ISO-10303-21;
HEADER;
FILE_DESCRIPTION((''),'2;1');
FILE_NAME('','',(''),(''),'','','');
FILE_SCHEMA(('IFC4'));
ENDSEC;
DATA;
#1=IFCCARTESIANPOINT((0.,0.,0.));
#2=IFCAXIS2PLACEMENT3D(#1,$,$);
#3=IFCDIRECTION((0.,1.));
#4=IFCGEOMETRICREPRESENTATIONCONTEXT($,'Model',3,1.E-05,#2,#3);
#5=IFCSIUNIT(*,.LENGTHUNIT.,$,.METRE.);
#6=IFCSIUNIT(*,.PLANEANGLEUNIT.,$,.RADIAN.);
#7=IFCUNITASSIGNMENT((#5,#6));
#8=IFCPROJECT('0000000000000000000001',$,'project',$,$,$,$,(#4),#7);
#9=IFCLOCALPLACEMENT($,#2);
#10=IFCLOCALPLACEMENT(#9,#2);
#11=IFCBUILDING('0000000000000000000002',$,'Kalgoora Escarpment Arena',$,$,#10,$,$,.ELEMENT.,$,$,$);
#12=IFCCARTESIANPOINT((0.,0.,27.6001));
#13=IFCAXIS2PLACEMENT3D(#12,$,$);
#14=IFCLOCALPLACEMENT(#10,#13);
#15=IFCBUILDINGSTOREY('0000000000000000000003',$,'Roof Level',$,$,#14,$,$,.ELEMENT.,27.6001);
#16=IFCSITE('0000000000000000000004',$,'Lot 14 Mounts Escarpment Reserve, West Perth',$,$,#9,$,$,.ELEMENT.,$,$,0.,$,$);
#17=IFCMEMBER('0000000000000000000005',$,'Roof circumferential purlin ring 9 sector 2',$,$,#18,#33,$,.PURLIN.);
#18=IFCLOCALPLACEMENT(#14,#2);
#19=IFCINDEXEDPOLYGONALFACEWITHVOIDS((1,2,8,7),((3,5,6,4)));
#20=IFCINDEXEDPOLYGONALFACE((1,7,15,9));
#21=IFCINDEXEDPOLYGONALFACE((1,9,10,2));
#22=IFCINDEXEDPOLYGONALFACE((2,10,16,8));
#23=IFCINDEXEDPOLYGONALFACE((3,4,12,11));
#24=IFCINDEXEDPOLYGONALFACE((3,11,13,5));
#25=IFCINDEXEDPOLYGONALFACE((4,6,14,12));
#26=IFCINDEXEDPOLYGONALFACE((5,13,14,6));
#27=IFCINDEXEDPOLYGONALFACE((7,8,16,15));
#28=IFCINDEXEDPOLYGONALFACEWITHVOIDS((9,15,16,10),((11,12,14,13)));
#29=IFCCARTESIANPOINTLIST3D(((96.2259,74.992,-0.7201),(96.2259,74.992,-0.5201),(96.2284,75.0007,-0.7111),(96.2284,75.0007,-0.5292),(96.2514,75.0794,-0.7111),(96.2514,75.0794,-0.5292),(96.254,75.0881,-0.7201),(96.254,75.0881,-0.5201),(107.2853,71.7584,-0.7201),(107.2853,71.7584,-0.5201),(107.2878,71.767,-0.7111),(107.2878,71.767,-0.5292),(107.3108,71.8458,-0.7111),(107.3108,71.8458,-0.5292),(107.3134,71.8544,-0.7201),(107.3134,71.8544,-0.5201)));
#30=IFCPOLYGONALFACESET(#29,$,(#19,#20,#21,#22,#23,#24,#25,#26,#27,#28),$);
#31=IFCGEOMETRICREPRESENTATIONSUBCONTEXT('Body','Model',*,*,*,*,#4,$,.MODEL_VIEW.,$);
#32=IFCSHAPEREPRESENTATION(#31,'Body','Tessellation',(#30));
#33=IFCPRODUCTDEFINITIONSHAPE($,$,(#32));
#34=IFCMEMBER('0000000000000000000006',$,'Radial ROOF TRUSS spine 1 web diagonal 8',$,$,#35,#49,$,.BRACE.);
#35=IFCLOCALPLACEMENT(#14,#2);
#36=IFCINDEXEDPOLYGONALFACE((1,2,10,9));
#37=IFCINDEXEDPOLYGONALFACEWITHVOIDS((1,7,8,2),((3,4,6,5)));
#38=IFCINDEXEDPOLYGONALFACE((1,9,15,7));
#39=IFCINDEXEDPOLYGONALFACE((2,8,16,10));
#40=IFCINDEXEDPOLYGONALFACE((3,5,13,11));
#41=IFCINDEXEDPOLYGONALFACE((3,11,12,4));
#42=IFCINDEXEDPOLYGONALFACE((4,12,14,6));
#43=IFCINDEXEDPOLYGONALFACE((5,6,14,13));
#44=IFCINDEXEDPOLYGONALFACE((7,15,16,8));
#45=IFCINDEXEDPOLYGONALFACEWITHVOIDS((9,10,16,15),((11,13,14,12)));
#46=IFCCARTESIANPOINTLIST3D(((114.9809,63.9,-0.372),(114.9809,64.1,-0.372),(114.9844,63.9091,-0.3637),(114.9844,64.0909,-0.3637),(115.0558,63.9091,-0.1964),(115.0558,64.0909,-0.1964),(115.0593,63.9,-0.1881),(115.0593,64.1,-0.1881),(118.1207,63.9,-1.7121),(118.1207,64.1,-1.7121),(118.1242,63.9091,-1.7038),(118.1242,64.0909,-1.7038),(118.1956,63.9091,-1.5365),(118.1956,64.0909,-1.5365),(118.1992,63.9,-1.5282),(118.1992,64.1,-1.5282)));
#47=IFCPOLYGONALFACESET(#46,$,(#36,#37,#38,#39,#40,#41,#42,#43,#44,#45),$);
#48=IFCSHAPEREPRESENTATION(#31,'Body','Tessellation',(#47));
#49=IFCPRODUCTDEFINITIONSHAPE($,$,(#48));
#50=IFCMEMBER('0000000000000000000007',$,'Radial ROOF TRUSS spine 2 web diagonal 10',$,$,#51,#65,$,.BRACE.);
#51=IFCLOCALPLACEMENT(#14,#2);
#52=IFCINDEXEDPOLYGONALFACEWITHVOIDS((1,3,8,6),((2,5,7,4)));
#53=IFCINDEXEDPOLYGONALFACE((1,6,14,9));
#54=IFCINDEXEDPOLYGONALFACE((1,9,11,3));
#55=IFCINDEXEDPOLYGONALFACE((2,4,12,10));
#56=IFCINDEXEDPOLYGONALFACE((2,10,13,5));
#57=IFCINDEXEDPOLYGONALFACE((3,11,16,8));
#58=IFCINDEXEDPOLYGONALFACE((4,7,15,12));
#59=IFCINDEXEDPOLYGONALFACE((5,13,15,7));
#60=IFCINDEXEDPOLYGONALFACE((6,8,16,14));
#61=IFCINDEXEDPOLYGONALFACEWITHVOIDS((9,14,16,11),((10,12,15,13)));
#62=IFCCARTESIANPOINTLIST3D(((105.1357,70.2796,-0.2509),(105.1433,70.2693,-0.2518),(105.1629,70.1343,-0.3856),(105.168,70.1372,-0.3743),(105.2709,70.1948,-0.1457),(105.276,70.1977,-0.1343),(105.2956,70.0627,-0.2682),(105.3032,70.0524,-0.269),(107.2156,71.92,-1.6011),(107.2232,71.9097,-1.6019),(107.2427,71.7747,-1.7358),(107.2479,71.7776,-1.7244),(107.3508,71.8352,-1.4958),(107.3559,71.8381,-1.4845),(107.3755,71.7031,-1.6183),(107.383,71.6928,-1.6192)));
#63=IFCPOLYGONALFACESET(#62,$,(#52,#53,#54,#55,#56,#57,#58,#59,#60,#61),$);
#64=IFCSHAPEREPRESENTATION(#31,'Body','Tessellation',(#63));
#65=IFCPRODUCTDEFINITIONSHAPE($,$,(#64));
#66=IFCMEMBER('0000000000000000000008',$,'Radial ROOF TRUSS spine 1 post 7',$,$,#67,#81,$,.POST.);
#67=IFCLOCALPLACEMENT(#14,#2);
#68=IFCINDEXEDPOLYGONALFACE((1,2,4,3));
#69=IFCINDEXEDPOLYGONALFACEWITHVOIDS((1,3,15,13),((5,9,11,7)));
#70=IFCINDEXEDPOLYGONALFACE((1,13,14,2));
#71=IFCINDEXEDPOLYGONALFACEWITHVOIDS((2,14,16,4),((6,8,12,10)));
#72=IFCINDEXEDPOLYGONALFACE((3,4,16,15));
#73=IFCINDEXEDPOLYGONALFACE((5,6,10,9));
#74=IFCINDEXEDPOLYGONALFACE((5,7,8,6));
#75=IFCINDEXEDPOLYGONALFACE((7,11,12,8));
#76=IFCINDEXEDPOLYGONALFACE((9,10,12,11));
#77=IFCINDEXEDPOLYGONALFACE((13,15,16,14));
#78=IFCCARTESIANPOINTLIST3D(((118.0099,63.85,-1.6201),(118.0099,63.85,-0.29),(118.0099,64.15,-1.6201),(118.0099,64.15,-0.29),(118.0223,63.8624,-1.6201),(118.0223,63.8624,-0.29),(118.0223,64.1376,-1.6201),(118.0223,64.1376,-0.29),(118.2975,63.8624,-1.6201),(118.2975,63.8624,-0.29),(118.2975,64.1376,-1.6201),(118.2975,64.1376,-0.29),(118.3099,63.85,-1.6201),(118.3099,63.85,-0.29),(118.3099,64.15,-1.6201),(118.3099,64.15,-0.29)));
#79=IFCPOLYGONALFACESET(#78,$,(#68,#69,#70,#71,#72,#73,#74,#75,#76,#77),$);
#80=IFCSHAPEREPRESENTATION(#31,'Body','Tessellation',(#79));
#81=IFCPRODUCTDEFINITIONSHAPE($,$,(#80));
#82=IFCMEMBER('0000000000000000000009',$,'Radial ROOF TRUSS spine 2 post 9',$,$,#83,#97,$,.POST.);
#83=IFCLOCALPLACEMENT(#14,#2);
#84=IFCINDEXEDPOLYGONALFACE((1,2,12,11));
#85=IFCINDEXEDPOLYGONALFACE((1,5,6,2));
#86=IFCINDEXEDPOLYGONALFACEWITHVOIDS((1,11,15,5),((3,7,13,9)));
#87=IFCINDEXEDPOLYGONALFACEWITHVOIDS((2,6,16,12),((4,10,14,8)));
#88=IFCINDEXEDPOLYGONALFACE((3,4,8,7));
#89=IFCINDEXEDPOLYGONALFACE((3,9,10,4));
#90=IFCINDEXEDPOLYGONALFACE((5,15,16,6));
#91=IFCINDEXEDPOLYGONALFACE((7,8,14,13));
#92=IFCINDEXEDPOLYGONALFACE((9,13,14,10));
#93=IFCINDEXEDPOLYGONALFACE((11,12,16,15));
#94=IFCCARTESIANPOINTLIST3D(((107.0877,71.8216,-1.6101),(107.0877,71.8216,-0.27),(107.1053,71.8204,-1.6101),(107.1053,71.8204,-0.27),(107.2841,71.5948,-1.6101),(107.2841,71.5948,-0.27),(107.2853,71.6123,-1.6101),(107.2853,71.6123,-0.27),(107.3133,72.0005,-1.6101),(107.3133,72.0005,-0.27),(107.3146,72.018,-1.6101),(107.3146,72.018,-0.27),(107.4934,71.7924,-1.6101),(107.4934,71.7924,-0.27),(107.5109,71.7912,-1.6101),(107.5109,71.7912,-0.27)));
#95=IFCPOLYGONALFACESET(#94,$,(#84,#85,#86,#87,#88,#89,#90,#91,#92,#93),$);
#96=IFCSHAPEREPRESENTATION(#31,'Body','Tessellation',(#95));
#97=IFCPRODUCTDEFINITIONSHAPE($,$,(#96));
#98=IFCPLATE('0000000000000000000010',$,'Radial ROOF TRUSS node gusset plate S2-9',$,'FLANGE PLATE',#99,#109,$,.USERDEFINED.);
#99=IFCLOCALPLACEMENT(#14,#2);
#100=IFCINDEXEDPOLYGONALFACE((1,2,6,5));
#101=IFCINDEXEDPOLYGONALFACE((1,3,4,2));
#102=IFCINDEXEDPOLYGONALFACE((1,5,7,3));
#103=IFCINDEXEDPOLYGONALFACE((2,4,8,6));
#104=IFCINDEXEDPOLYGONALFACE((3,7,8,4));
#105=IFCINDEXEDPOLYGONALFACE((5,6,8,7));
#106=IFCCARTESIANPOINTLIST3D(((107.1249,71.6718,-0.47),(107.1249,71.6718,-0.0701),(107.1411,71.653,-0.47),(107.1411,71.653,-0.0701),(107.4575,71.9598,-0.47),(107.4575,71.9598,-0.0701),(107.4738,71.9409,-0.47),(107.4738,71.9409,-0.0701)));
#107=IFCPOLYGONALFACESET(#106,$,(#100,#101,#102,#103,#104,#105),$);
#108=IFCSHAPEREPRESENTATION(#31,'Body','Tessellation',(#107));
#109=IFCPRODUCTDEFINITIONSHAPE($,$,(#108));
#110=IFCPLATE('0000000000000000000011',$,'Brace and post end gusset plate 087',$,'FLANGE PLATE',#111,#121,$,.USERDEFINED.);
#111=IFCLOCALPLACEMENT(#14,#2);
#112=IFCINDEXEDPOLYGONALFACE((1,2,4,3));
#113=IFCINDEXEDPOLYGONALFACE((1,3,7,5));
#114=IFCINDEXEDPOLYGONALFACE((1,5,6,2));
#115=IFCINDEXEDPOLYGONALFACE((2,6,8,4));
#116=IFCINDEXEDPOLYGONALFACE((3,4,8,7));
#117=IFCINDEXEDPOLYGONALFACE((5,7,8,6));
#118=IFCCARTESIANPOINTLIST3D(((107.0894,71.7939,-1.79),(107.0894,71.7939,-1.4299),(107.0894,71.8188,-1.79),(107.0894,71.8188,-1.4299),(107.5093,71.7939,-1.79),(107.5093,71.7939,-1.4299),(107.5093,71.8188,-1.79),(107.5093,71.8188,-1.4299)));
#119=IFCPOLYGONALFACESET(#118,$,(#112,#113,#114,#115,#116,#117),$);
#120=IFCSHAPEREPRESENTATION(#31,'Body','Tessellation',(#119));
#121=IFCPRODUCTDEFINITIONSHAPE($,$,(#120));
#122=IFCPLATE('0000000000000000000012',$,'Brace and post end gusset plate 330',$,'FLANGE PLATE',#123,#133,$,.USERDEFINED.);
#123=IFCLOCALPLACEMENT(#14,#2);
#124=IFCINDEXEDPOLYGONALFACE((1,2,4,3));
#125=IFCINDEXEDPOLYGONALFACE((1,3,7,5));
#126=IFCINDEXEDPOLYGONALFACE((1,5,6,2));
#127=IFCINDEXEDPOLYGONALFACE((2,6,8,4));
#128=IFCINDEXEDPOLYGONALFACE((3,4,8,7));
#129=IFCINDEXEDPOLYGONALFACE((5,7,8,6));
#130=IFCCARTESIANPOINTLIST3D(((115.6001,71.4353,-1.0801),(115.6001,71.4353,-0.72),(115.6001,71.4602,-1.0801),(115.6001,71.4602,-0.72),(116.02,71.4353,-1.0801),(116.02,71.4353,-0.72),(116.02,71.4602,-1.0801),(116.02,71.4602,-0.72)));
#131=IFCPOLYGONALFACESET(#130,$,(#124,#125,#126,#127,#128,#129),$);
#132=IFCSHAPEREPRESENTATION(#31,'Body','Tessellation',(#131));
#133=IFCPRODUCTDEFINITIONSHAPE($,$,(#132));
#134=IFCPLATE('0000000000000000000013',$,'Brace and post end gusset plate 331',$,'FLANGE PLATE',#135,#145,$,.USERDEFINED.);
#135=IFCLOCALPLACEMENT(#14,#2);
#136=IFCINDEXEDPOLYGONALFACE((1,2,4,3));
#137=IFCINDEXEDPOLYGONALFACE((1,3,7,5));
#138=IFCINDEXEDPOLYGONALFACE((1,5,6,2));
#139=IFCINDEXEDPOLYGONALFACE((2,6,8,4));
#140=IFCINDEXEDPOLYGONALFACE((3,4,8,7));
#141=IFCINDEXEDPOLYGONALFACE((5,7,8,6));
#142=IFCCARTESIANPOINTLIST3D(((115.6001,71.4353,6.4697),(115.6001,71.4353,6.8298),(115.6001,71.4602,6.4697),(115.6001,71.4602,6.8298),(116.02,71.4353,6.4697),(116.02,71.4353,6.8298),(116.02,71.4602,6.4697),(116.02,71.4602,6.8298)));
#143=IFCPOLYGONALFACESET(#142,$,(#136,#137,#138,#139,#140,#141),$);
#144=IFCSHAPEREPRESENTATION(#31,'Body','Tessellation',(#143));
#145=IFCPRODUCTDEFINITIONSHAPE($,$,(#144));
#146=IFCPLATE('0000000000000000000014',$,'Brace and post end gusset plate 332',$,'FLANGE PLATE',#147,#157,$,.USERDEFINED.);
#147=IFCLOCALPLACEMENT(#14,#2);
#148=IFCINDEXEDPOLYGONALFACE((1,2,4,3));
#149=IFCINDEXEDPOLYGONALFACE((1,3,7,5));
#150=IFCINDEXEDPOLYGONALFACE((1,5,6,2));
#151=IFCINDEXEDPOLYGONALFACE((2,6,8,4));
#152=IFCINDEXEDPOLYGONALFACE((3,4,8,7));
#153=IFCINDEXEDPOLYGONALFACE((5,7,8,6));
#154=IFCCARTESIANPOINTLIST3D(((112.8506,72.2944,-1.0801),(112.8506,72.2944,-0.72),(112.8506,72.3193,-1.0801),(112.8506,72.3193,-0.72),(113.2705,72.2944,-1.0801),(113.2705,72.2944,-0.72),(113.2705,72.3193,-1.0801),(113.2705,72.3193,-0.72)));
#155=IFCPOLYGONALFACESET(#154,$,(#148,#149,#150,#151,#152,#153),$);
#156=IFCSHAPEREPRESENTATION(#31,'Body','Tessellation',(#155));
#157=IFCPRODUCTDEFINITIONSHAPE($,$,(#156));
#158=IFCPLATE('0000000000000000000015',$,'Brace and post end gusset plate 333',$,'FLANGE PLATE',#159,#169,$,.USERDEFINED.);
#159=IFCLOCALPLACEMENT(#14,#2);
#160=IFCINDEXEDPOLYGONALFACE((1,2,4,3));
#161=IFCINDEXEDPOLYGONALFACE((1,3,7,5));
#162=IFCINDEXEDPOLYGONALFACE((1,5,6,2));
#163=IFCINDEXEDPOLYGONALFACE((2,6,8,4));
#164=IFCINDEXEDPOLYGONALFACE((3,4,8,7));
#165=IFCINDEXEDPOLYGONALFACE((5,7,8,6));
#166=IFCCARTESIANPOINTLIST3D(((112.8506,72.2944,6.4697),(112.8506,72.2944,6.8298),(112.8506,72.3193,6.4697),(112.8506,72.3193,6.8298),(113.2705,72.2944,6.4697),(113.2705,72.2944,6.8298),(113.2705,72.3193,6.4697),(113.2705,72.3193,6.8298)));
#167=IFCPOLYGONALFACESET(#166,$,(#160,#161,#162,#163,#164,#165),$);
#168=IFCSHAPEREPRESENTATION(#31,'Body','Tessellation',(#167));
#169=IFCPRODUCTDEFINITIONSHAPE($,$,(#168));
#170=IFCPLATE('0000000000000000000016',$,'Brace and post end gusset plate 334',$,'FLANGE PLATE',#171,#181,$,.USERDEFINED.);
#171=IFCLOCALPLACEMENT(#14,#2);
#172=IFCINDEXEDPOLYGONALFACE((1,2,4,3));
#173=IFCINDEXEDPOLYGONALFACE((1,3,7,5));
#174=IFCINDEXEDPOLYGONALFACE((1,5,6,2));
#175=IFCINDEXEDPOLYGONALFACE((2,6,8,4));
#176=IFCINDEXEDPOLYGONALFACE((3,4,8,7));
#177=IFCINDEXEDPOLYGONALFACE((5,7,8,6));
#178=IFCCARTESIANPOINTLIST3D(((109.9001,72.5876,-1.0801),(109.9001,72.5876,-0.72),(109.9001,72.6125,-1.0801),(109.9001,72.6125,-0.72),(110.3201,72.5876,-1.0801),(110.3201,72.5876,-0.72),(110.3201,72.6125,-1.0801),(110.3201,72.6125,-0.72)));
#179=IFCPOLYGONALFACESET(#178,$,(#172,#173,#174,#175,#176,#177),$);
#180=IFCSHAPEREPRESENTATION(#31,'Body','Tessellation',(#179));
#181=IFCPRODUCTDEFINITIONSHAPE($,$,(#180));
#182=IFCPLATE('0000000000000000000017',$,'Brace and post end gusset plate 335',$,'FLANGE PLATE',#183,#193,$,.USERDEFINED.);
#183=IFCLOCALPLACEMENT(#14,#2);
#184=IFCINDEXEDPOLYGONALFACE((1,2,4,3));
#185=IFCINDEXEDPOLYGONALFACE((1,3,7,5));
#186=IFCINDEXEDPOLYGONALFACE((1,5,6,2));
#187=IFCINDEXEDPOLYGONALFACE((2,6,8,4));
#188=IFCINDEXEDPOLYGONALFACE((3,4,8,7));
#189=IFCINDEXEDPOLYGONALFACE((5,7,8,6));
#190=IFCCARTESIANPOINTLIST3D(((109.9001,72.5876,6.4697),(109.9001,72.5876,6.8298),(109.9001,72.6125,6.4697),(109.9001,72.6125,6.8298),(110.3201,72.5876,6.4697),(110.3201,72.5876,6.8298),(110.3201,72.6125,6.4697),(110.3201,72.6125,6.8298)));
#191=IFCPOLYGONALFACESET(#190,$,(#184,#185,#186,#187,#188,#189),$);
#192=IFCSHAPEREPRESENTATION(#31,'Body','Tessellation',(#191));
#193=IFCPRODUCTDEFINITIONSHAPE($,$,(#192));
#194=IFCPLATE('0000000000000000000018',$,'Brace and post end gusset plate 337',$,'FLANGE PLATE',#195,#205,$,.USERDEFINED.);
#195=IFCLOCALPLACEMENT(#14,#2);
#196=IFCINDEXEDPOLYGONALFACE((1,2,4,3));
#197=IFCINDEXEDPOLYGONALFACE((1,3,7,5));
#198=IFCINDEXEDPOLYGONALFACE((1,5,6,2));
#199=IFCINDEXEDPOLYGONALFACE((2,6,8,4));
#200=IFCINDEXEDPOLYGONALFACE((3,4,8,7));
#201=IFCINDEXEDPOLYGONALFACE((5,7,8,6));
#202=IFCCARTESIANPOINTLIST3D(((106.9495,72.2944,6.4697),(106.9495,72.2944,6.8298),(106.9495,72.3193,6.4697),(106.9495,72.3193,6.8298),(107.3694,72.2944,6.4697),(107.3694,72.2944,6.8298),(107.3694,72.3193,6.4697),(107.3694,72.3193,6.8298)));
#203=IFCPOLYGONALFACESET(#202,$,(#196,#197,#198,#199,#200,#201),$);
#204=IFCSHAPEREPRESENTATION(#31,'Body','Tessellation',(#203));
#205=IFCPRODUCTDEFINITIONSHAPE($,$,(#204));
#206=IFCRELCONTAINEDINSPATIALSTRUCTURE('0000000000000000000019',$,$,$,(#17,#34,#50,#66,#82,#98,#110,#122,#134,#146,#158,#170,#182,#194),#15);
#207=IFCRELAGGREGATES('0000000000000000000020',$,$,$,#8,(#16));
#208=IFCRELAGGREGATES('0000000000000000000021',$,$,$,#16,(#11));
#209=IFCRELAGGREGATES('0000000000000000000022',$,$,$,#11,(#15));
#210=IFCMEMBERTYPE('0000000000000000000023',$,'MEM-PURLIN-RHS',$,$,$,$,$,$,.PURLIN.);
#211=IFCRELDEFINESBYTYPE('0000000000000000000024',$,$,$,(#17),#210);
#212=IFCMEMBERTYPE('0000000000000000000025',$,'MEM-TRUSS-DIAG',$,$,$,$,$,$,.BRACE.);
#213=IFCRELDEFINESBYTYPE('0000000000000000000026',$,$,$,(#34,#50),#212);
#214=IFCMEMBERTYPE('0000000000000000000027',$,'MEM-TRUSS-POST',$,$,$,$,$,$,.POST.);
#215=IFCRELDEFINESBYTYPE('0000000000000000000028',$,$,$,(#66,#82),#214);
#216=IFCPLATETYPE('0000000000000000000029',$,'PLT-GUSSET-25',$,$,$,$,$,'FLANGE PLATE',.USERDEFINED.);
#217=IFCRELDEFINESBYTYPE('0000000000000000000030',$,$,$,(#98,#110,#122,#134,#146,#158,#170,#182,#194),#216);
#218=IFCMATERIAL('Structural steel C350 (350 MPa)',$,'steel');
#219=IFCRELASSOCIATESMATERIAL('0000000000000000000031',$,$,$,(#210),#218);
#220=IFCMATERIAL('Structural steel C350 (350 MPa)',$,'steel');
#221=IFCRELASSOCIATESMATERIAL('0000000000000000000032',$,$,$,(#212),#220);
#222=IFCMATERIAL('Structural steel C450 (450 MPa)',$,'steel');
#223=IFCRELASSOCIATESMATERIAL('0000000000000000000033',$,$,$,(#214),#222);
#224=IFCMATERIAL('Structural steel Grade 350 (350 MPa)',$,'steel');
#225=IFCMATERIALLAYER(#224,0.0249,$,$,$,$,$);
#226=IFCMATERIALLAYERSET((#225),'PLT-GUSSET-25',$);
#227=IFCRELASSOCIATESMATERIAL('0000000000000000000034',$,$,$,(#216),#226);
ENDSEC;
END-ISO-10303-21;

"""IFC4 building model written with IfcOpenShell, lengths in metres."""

from ifc_helpers import new_model, si_unit, direction, frame, origin, origin_2d, place, context, subcontext, project, spatial, rectangle, hollow_rectangle, extrude, material, layer, layer_set, material_profile, profile_set, type_object, element, save


model = new_model("IFC4")

# Units and contexts
model_context = context("Model", 3, precision=1e-05, world=origin(), true_north=direction((0.0, 1.0)))
body_context = subcontext(model_context, "Body", "Model", "MODEL_VIEW")
ifc_project = project(units=[si_unit("LENGTHUNIT", "METRE"), si_unit("PLANEANGLEUNIT", "RADIAN")], contexts=[model_context])

# Site, building, storey
site_placement = place(None, origin())
site = spatial("IfcSite", under=ifc_project, at=site_placement, Name="Lot 14 Mounts Escarpment Reserve, West Perth", CompositionType="ELEMENT", RefElevation=0.0)
building_placement = place(site_placement, origin())
building = spatial("IfcBuilding", under=site, at=building_placement, Name="Kalgoora Escarpment Arena", CompositionType="ELEMENT")
storey_placement = place(building_placement, frame((0.0, 0.0, 27.6001)))
storey = spatial("IfcBuildingStorey", under=building, at=storey_placement, Name="Roof Level", CompositionType="ELEMENT", Elevation=27.6001)

# Members
ifc_material_1 = material(Name="Structural steel C350 (350 MPa)", Category="steel")
ifc_material_profile_1 = material_profile(ifc_material_1, hollow_rectangle(XDim=0.1001, YDim=0.2, WallThickness=0.009, at=origin_2d()))
ifc_profile_set_1 = profile_set([ifc_material_profile_1], Name="Structural steel C350 (350 MPa)")
member_type_1 = type_object("IfcMemberType", Name="MEM-PURLIN-RHS", PredefinedType="PURLIN", material=ifc_profile_set_1)
member_1_placement = place(storey_placement, frame((107.2993, 71.8064, -0.6201), z_axis=(-0.959813, 0.28064, 0.0), x_axis=(-0.28064, -0.959813, 0.0)))
element("IfcMember", 1, at=member_1_placement, inside=storey, type_object=member_type_1, Name="Roof circumferential purlin ring 9 sector 2", PredefinedType="PURLIN", context=body_context, shape_type="SweptSolid", body=[
    extrude(hollow_rectangle(XDim=0.1001, YDim=0.2, WallThickness=0.009, at=origin_2d()), origin(), (0.0, 0.0, 1.0), 11.5225),
])
ifc_material_2 = material(Name="Structural steel C350 (350 MPa)", Category="steel")
ifc_material_profile_2 = material_profile(ifc_material_2, hollow_rectangle(XDim=0.2, YDim=0.2, WallThickness=0.009, at=origin_2d()))
ifc_profile_set_2 = profile_set([ifc_material_profile_2], Name="Structural steel C350 (350 MPa)")
member_type_2 = type_object("IfcMemberType", Name="MEM-TRUSS-DIAG", PredefinedType="BRACE", material=ifc_profile_set_2)
member_2_placement = place(storey_placement, frame((118.1599, 64.0, -1.6201), z_axis=(-0.919736, 0.0, 0.392538), x_axis=(0.0, 1.0, 0.0)))
element("IfcMember", 2, at=member_2_placement, inside=storey, type_object=member_type_2, Name="Radial ROOF TRUSS spine 1 web diagonal 8", PredefinedType="BRACE", context=body_context, shape_type="SweptSolid", body=[
    extrude(hollow_rectangle(XDim=0.2, YDim=0.2, WallThickness=0.009, at=origin_2d()), origin(), (0.0, 0.0, 1.0), 3.4138),
])
member_3_placement = place(storey_placement, frame((107.2993, 71.8064, -1.6101), z_axis=(-0.699551, -0.551741, 0.454104), x_axis=(-0.701576, 0.409608, -0.583105)))
element("IfcMember", 3, at=member_3_placement, inside=storey, type_object=member_type_2, Name="Radial ROOF TRUSS spine 2 web diagonal 10", PredefinedType="BRACE", context=body_context, shape_type="SweptSolid", body=[
    extrude(hollow_rectangle(XDim=0.2, YDim=0.2, WallThickness=0.009, at=origin_2d()), origin(), (0.0, 0.0, 1.0), 2.9731),
])
ifc_material_3 = material(Name="Structural steel C450 (450 MPa)", Category="steel")
ifc_material_profile_3 = material_profile(ifc_material_3, hollow_rectangle(XDim=0.3, YDim=0.3, WallThickness=0.0125, at=origin_2d()))
ifc_profile_set_3 = profile_set([ifc_material_profile_3], Name="Structural steel C450 (450 MPa)")
member_type_3 = type_object("IfcMemberType", Name="MEM-TRUSS-POST", PredefinedType="POST", material=ifc_profile_set_3)
member_4_placement = place(storey_placement, frame((118.1599, 64.0, -1.6201), z_axis=(0.0, 0.0, 1.0), x_axis=(-1.0, 0.0, 0.0)))
element("IfcMember", 4, at=member_4_placement, inside=storey, type_object=member_type_3, Name="Radial ROOF TRUSS spine 1 post 7", PredefinedType="POST", context=body_context, shape_type="SweptSolid", body=[
    extrude(hollow_rectangle(XDim=0.3, YDim=0.3, WallThickness=0.0125, at=origin_2d()), origin(), (0.0, 0.0, 1.0), 1.3301),
])
member_5_placement = place(storey_placement, frame((107.2993, 71.8064, -1.6101), z_axis=(0.0, 0.0, 1.0), x_axis=(-0.756082, -0.654477, 0.0)))
element("IfcMember", 5, at=member_5_placement, inside=storey, type_object=member_type_3, Name="Radial ROOF TRUSS spine 2 post 9", PredefinedType="POST", context=body_context, shape_type="SweptSolid", body=[
    extrude(hollow_rectangle(XDim=0.3, YDim=0.3, WallThickness=0.0125, at=origin_2d()), origin(), (0.0, 0.0, 1.0), 1.3401),
])

# Plates
ifc_material_4 = material(Name="Structural steel Grade 350 (350 MPa)", Category="steel")
ifc_layer_1 = layer(ifc_material_4, 0.0249)
ifc_layer_set_1 = layer_set([ifc_layer_1], Name="PLT-GUSSET-25")
plate_type = type_object("IfcPlateType", Name="PLT-GUSSET-25", ElementType="FLANGE PLATE", PredefinedType="USERDEFINED", material=ifc_layer_set_1)
plate_placement = place(storey_placement, frame((107.2993, 71.8064, -0.47), z_axis=(0.0, 0.0, 1.0), x_axis=(-0.756082, -0.654477, 0.0)))
element("IfcPlate", 6, at=plate_placement, inside=storey, type_object=plate_type, Name="Radial ROOF TRUSS node gusset plate S2-9", ObjectType="FLANGE PLATE", PredefinedType="USERDEFINED", context=body_context, shape_type="SweptSolid", body=[
    extrude(rectangle(XDim=0.4399, YDim=0.0249, at=origin_2d()), origin(), (0.0, 0.0, 1.0), 0.3999),
])
for number, where, z_axis, x_axis, name in (
    (7, (107.2993, 71.8064, -1.79), (0.0, 0.0, 1.0), (1.0, 0.0, 0.0), "Brace and post end gusset plate 087"),
    (8, (115.8101, 71.4478, -1.0801), (0.0, 0.0, 1.0), (1.0, 0.0, 0.0), "Brace and post end gusset plate 330"),
    (9, (115.8101, 71.4478, 6.4697), (0.0, 0.0, 1.0), (1.0, 0.0, 0.0), "Brace and post end gusset plate 331"),
    (10, (113.0605, 72.3069, -1.0801), (0.0, 0.0, 1.0), (1.0, 0.0, 0.0), "Brace and post end gusset plate 332"),
    (11, (113.0605, 72.3069, 6.4697), (0.0, 0.0, 1.0), (1.0, 0.0, 0.0), "Brace and post end gusset plate 333"),
    (12, (110.1101, 72.6001, -1.0801), (0.0, 0.0, 1.0), (1.0, 0.0, 0.0), "Brace and post end gusset plate 334"),
    (13, (110.1101, 72.6001, 6.4697), (0.0, 0.0, 1.0), (1.0, 0.0, 0.0), "Brace and post end gusset plate 335"),
    (14, (107.1594, 72.3069, 6.4697), (0.0, 0.0, 1.0), (1.0, 0.0, 0.0), "Brace and post end gusset plate 337"),
):
    element("IfcPlate", number, at=place(storey_placement, frame(where, z_axis=z_axis, x_axis=x_axis)), inside=storey, type_object=plate_type, Name=name, ObjectType="FLANGE PLATE", PredefinedType="USERDEFINED", context=body_context, shape_type="SweptSolid", body=[
        extrude(rectangle(XDim=0.4199, YDim=0.0249, at=origin_2d()), origin(), (0.0, 0.0, 1.0), 0.3601),
    ])

save(model, "model.ifc")
